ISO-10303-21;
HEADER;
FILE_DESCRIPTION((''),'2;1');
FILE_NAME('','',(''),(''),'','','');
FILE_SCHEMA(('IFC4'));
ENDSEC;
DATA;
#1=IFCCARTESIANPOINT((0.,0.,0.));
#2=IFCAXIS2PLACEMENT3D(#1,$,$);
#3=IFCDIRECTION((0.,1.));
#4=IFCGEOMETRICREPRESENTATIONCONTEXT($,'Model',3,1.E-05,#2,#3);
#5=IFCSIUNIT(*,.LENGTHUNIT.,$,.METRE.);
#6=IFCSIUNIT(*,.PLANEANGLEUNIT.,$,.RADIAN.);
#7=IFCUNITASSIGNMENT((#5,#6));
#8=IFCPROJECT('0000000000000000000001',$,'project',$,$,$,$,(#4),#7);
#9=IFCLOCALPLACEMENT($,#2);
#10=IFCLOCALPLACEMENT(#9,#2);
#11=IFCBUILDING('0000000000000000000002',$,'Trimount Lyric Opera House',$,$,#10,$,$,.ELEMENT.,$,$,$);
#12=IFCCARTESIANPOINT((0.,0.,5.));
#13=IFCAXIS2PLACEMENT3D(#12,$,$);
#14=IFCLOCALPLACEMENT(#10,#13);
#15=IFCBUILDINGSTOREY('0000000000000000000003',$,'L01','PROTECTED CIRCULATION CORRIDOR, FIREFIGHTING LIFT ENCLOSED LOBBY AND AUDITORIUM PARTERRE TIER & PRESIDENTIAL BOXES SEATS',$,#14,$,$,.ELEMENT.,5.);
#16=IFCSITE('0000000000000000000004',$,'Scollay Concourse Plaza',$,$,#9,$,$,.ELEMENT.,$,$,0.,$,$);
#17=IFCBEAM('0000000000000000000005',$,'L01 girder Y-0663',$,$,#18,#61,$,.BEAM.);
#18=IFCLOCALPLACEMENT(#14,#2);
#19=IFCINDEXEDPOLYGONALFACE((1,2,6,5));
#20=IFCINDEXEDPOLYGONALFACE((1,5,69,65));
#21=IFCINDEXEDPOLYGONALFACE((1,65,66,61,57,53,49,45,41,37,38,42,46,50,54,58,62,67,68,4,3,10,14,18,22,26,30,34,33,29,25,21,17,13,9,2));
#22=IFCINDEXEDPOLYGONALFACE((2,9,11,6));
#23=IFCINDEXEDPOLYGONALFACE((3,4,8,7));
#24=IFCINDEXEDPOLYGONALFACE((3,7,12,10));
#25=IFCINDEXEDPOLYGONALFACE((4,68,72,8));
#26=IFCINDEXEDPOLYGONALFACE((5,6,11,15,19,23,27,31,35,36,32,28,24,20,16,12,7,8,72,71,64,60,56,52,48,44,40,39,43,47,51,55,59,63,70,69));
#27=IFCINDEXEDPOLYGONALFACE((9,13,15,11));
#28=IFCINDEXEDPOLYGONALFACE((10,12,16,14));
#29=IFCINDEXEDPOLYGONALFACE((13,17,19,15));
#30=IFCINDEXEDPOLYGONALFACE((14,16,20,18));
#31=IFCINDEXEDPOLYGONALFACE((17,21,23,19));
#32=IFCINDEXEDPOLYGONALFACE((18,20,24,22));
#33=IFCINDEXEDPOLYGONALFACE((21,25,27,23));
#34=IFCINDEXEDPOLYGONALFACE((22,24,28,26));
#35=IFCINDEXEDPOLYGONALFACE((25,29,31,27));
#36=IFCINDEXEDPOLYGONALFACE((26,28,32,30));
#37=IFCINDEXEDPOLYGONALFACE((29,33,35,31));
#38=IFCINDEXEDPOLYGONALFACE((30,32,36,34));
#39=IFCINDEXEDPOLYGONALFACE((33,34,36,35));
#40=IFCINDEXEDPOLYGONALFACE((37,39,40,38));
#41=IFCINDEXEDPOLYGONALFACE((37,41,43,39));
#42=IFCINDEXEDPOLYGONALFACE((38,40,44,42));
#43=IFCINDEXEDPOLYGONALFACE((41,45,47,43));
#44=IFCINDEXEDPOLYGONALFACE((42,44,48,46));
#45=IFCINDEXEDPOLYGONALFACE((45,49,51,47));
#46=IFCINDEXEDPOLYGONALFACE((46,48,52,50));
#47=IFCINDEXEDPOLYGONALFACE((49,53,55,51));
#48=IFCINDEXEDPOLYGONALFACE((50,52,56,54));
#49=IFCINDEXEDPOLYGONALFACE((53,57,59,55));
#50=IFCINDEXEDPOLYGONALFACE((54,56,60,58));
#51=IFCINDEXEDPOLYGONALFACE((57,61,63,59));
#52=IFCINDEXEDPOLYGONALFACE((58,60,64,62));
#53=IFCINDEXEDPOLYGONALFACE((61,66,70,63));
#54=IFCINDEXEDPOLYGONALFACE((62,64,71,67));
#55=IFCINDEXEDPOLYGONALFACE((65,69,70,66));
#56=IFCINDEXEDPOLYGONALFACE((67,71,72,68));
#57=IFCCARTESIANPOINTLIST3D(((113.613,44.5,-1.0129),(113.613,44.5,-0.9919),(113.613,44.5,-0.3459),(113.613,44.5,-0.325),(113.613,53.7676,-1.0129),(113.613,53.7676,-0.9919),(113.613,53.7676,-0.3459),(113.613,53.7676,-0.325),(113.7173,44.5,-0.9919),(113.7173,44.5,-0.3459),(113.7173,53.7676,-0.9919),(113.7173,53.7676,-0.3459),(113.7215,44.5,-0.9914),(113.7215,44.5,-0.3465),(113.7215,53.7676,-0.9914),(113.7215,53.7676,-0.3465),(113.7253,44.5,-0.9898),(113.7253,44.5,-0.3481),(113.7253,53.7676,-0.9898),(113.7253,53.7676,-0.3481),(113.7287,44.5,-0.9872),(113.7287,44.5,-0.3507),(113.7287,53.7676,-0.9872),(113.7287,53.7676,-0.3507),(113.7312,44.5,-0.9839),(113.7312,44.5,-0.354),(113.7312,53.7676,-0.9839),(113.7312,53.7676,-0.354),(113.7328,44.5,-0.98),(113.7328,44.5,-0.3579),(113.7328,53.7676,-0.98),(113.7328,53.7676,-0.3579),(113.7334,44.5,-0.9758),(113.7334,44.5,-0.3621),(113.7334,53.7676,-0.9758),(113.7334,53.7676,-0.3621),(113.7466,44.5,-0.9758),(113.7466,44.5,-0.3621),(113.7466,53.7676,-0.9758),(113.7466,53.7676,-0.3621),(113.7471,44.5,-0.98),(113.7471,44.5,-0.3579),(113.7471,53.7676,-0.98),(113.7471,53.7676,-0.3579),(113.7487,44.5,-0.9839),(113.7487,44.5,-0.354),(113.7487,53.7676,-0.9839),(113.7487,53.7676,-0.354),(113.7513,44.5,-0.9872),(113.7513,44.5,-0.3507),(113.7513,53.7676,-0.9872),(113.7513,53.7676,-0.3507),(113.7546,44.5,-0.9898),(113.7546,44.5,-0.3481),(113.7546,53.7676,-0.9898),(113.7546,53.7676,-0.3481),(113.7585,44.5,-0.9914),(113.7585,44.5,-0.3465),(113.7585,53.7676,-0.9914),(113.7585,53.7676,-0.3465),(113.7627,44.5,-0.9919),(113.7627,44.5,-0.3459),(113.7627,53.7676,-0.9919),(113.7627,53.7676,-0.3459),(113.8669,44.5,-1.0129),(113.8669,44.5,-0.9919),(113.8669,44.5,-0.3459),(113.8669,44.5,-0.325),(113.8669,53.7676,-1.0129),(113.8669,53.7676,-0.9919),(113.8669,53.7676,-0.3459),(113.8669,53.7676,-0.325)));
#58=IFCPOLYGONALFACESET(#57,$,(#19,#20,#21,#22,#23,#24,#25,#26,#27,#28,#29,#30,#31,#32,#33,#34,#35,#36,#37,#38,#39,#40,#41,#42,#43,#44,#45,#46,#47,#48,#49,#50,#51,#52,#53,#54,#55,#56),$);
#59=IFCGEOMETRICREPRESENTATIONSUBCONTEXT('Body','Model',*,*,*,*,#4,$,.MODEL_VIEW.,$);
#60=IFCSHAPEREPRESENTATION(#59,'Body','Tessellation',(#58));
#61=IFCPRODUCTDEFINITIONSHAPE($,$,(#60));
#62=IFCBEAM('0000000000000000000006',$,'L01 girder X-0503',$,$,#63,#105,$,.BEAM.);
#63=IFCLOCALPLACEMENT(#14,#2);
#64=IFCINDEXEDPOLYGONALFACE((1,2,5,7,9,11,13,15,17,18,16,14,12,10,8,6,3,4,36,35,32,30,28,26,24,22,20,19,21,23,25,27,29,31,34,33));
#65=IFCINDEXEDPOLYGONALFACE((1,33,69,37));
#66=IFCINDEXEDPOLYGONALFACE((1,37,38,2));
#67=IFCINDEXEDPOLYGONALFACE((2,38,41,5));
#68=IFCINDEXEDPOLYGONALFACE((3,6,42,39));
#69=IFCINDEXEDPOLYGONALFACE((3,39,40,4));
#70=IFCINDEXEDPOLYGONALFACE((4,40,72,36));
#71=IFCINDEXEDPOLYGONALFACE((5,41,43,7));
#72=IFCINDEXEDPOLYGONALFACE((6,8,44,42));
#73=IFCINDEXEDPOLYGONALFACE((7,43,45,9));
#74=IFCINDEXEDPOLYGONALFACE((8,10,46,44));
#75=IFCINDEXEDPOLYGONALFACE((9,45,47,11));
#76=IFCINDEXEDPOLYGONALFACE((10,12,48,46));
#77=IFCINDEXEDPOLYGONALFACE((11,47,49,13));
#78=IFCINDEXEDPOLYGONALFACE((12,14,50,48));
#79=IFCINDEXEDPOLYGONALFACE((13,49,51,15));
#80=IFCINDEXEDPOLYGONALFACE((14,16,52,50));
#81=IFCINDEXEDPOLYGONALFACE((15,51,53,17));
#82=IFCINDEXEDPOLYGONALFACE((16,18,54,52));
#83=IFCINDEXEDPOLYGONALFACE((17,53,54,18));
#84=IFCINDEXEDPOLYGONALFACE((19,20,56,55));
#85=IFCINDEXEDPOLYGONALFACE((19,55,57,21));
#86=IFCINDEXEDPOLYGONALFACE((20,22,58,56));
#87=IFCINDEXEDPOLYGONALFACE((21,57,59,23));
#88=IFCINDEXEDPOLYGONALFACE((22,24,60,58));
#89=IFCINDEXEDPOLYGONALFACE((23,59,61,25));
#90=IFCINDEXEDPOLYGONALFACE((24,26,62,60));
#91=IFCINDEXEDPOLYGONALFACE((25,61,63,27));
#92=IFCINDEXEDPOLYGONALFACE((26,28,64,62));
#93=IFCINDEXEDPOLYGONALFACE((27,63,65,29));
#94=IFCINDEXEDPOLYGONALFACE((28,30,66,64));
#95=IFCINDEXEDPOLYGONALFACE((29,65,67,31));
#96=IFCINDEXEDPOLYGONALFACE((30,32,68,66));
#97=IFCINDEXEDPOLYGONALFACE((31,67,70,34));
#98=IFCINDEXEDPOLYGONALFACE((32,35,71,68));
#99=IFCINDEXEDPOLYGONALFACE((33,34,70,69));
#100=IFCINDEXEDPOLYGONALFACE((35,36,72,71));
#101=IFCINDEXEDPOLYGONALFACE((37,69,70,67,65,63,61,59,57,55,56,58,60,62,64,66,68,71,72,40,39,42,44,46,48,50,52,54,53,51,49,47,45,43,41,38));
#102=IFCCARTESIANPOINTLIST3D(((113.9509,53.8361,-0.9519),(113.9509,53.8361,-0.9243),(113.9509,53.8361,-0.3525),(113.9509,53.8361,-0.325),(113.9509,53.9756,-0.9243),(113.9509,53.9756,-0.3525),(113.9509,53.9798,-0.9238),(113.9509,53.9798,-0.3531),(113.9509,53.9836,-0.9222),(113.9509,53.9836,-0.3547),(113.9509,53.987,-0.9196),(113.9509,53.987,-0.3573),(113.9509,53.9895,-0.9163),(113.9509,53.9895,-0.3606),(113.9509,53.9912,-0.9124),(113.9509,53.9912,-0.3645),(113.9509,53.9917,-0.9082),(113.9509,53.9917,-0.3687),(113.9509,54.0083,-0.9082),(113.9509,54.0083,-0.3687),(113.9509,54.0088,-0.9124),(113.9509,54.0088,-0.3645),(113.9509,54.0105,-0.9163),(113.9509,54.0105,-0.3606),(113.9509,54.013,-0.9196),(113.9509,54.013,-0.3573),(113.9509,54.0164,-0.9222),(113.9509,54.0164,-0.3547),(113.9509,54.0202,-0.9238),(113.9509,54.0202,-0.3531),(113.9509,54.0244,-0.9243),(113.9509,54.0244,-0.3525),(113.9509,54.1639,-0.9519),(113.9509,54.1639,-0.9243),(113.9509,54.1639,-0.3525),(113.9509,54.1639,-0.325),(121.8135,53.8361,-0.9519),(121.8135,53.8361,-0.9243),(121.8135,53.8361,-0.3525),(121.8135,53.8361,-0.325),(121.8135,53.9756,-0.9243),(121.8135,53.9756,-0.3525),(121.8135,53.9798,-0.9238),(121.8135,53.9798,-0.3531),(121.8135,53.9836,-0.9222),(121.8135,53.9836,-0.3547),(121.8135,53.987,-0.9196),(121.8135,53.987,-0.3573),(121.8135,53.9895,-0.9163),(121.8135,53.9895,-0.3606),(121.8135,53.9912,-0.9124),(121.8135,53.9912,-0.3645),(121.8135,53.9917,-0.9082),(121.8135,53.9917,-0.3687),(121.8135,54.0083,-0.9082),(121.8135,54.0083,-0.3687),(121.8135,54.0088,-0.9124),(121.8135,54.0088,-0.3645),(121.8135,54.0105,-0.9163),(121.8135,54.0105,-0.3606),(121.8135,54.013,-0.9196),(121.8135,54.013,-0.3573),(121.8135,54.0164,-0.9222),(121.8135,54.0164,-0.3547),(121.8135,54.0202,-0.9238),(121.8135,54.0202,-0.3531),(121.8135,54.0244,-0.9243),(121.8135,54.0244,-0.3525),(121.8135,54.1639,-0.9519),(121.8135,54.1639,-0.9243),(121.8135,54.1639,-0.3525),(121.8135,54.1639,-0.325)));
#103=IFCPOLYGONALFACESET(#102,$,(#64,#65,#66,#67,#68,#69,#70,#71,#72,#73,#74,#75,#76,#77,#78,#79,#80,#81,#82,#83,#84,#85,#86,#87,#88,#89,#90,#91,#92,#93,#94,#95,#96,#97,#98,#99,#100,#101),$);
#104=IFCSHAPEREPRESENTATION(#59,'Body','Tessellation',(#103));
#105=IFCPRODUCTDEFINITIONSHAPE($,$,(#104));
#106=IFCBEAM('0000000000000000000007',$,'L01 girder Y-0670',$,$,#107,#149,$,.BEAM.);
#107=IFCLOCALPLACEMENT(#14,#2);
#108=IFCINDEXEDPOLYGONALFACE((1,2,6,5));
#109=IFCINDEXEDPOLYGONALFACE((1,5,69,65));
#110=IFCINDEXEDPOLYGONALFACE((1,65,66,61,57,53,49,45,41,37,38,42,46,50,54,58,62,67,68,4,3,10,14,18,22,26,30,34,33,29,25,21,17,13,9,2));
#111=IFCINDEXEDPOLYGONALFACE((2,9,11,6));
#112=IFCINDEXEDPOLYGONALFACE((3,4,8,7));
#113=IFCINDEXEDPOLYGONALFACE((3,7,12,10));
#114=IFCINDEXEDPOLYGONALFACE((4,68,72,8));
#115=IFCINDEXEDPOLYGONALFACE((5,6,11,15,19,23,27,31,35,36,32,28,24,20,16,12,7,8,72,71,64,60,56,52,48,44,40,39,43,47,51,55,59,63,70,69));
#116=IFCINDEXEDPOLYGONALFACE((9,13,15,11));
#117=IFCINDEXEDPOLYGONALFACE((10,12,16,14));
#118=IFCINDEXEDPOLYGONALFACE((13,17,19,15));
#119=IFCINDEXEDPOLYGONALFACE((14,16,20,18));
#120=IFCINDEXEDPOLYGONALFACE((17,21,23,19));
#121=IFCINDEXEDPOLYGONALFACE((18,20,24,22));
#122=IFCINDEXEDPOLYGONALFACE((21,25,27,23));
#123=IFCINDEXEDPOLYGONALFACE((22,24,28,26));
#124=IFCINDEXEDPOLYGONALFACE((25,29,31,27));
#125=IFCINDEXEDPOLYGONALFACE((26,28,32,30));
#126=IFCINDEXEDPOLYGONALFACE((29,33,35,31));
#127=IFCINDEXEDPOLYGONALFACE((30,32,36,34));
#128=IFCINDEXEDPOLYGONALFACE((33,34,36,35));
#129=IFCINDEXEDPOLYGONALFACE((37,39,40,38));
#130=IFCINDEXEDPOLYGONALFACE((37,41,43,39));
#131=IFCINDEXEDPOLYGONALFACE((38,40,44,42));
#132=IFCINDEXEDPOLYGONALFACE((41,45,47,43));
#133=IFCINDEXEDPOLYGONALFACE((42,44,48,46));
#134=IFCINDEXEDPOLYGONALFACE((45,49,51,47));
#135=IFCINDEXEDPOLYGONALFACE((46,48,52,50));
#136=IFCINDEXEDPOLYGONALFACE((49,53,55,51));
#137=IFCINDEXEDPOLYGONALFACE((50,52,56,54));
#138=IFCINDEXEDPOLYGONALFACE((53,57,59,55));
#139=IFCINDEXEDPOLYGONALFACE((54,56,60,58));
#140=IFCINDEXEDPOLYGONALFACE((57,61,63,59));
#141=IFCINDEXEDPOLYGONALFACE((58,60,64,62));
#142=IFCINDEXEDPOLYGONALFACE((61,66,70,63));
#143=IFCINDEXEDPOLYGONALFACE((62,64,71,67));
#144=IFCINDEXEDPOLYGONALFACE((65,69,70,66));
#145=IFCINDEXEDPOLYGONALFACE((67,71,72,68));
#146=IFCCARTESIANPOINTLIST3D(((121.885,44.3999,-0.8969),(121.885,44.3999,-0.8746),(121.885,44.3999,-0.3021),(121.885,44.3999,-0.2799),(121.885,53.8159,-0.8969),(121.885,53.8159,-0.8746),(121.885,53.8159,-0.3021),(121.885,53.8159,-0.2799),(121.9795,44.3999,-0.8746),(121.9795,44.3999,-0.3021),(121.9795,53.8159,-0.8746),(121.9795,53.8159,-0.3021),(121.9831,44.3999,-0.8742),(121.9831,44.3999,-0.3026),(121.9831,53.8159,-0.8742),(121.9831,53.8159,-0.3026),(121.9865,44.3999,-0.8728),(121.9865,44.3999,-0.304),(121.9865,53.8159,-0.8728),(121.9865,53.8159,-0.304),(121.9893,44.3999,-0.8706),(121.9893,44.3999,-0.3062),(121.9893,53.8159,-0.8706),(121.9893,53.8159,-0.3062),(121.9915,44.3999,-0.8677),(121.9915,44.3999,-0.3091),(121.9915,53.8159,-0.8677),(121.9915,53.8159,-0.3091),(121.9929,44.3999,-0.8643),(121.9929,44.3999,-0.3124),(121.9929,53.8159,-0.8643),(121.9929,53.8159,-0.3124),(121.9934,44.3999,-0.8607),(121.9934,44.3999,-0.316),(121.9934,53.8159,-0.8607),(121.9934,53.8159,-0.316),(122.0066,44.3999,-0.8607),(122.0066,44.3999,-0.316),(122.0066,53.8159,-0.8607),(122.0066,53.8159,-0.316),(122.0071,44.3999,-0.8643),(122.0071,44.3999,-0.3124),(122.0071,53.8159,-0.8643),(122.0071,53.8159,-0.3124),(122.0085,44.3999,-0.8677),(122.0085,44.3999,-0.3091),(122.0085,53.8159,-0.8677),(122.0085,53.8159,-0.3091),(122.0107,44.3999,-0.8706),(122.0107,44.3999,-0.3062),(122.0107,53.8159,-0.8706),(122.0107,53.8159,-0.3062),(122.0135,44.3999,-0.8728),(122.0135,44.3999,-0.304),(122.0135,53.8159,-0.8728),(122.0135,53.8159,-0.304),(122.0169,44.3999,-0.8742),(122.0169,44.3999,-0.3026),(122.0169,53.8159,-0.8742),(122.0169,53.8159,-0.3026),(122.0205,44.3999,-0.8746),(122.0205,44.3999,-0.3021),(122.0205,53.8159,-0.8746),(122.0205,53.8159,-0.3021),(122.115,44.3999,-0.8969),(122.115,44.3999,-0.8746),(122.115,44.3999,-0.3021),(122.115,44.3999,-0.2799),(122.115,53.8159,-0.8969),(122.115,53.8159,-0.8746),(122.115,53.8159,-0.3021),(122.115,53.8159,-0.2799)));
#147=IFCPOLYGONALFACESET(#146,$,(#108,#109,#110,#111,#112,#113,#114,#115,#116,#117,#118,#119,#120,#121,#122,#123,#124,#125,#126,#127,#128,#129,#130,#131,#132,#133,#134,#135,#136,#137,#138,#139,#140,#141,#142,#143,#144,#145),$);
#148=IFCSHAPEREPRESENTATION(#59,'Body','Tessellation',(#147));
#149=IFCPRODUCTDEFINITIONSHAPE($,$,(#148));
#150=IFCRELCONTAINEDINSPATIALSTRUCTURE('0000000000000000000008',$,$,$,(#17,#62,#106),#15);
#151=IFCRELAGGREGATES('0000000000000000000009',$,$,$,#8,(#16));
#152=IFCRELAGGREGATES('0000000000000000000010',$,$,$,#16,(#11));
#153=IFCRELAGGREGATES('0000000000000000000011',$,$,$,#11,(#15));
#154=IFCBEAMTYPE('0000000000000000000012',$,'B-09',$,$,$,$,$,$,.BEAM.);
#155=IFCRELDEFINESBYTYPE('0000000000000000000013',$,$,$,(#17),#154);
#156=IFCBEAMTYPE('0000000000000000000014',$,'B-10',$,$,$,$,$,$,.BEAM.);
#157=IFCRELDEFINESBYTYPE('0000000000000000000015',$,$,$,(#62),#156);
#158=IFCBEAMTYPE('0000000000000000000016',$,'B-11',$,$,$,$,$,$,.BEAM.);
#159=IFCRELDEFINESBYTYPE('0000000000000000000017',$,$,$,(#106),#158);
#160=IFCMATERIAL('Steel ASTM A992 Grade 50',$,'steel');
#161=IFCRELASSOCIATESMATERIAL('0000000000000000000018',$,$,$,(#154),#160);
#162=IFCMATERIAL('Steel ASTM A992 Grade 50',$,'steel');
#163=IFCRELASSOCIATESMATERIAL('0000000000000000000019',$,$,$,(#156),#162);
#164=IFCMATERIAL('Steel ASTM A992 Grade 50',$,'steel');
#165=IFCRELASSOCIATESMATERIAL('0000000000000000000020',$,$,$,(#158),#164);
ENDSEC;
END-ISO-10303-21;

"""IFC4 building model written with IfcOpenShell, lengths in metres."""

from ifc_helpers import new_model, si_unit, direction, frame, origin, origin_2d, place, context, subcontext, project, spatial, i_section, extrude, material, material_profile, profile_set, type_object, element, save


model = new_model("IFC4")

# Units and contexts
model_context = context("Model", 3, precision=1e-05, world=origin(), true_north=direction((0.0, 1.0)))
body_context = subcontext(model_context, "Body", "Model", "MODEL_VIEW")
ifc_project = project(units=[si_unit("LENGTHUNIT", "METRE"), si_unit("PLANEANGLEUNIT", "RADIAN")], contexts=[model_context])

# Site, building, storey
site_placement = place(None, origin())
site = spatial("IfcSite", under=ifc_project, at=site_placement, Name="Scollay Concourse Plaza", CompositionType="ELEMENT", RefElevation=0.0)
building_placement = place(site_placement, origin())
building = spatial("IfcBuilding", under=site, at=building_placement, Name="Trimount Lyric Opera House", CompositionType="ELEMENT")
storey_placement = place(building_placement, frame((0.0, 0.0, 5.0)))
storey = spatial("IfcBuildingStorey", under=building, at=storey_placement, Name="L01", Description="PROTECTED CIRCULATION CORRIDOR, FIREFIGHTING LIFT ENCLOSED LOBBY AND AUDITORIUM PARTERRE TIER & PRESIDENTIAL BOXES SEATS", CompositionType="ELEMENT", Elevation=5.0)

# Beams
ifc_material_1 = material(Name="Steel ASTM A992 Grade 50", Category="steel")
ifc_material_profile_1 = material_profile(ifc_material_1, i_section(OverallWidth=0.2539, OverallDepth=0.688, WebThickness=0.0132, FlangeThickness=0.021, FilletRadius=0.0161, at=origin_2d()), Name="W27X102")
ifc_profile_set_1 = profile_set([ifc_material_profile_1], Name="Steel ASTM A992 Grade 50")
beam_type_1 = type_object("IfcBeamType", Name="B-09", PredefinedType="BEAM", material=ifc_profile_set_1)
beam_1_placement = place(storey_placement, frame((113.74, 44.5, -0.6689), z_axis=(0.0, 1.0, 0.0), x_axis=(-1.0, 0.0, 0.0)))
element("IfcBeam", 1, at=beam_1_placement, inside=storey, type_object=beam_type_1, Name="L01 girder Y-0663", PredefinedType="BEAM", context=body_context, shape_type="SweptSolid", body=[
    extrude(i_section(OverallWidth=0.2539, OverallDepth=0.688, WebThickness=0.0132, FlangeThickness=0.021, FilletRadius=0.0161, at=origin_2d()), origin(), (0.0, 0.0, 1.0), 9.2676),
])
ifc_material_2 = material(Name="Steel ASTM A992 Grade 50", Category="steel")
ifc_material_profile_2 = material_profile(ifc_material_2, i_section(OverallWidth=0.3279, OverallDepth=0.627, WebThickness=0.0166, FlangeThickness=0.0276, FilletRadius=0.0161, at=origin_2d()), Name="W24X146")
ifc_profile_set_2 = profile_set([ifc_material_profile_2], Name="Steel ASTM A992 Grade 50")
beam_type_2 = type_object("IfcBeamType", Name="B-10", PredefinedType="BEAM", material=ifc_profile_set_2)
beam_2_placement = place(storey_placement, frame((113.9509, 54.0, -0.6384), z_axis=(1.0, 0.0, 0.0), x_axis=(0.0, 1.0, 0.0)))
element("IfcBeam", 2, at=beam_2_placement, inside=storey, type_object=beam_type_2, Name="L01 girder X-0503", PredefinedType="BEAM", context=body_context, shape_type="SweptSolid", body=[
    extrude(i_section(OverallWidth=0.3279, OverallDepth=0.627, WebThickness=0.0166, FlangeThickness=0.0276, FilletRadius=0.0161, at=origin_2d()), origin(), (0.0, 0.0, 1.0), 7.8625),
])
ifc_material_3 = material(Name="Steel ASTM A992 Grade 50", Category="steel")
ifc_material_profile_3 = material_profile(ifc_material_3, i_section(OverallWidth=0.23, OverallDepth=0.6169, WebThickness=0.0132, FlangeThickness=0.0222, FilletRadius=0.0139, at=origin_2d()), Name="W24X94")
ifc_profile_set_3 = profile_set([ifc_material_profile_3], Name="Steel ASTM A992 Grade 50")
beam_type_3 = type_object("IfcBeamType", Name="B-11", PredefinedType="BEAM", material=ifc_profile_set_3)
beam_3_placement = place(storey_placement, frame((122.0, 44.3999, -0.5884), z_axis=(0.0, 1.0, 0.0), x_axis=(-1.0, 0.0, 0.0)))
element("IfcBeam", 3, at=beam_3_placement, inside=storey, type_object=beam_type_3, Name="L01 girder Y-0670", PredefinedType="BEAM", context=body_context, shape_type="SweptSolid", body=[
    extrude(i_section(OverallWidth=0.23, OverallDepth=0.6169, WebThickness=0.0132, FlangeThickness=0.0222, FilletRadius=0.0139, at=origin_2d()), origin(), (0.0, 0.0, 1.0), 9.416),
])

save(model, "model.ifc")
